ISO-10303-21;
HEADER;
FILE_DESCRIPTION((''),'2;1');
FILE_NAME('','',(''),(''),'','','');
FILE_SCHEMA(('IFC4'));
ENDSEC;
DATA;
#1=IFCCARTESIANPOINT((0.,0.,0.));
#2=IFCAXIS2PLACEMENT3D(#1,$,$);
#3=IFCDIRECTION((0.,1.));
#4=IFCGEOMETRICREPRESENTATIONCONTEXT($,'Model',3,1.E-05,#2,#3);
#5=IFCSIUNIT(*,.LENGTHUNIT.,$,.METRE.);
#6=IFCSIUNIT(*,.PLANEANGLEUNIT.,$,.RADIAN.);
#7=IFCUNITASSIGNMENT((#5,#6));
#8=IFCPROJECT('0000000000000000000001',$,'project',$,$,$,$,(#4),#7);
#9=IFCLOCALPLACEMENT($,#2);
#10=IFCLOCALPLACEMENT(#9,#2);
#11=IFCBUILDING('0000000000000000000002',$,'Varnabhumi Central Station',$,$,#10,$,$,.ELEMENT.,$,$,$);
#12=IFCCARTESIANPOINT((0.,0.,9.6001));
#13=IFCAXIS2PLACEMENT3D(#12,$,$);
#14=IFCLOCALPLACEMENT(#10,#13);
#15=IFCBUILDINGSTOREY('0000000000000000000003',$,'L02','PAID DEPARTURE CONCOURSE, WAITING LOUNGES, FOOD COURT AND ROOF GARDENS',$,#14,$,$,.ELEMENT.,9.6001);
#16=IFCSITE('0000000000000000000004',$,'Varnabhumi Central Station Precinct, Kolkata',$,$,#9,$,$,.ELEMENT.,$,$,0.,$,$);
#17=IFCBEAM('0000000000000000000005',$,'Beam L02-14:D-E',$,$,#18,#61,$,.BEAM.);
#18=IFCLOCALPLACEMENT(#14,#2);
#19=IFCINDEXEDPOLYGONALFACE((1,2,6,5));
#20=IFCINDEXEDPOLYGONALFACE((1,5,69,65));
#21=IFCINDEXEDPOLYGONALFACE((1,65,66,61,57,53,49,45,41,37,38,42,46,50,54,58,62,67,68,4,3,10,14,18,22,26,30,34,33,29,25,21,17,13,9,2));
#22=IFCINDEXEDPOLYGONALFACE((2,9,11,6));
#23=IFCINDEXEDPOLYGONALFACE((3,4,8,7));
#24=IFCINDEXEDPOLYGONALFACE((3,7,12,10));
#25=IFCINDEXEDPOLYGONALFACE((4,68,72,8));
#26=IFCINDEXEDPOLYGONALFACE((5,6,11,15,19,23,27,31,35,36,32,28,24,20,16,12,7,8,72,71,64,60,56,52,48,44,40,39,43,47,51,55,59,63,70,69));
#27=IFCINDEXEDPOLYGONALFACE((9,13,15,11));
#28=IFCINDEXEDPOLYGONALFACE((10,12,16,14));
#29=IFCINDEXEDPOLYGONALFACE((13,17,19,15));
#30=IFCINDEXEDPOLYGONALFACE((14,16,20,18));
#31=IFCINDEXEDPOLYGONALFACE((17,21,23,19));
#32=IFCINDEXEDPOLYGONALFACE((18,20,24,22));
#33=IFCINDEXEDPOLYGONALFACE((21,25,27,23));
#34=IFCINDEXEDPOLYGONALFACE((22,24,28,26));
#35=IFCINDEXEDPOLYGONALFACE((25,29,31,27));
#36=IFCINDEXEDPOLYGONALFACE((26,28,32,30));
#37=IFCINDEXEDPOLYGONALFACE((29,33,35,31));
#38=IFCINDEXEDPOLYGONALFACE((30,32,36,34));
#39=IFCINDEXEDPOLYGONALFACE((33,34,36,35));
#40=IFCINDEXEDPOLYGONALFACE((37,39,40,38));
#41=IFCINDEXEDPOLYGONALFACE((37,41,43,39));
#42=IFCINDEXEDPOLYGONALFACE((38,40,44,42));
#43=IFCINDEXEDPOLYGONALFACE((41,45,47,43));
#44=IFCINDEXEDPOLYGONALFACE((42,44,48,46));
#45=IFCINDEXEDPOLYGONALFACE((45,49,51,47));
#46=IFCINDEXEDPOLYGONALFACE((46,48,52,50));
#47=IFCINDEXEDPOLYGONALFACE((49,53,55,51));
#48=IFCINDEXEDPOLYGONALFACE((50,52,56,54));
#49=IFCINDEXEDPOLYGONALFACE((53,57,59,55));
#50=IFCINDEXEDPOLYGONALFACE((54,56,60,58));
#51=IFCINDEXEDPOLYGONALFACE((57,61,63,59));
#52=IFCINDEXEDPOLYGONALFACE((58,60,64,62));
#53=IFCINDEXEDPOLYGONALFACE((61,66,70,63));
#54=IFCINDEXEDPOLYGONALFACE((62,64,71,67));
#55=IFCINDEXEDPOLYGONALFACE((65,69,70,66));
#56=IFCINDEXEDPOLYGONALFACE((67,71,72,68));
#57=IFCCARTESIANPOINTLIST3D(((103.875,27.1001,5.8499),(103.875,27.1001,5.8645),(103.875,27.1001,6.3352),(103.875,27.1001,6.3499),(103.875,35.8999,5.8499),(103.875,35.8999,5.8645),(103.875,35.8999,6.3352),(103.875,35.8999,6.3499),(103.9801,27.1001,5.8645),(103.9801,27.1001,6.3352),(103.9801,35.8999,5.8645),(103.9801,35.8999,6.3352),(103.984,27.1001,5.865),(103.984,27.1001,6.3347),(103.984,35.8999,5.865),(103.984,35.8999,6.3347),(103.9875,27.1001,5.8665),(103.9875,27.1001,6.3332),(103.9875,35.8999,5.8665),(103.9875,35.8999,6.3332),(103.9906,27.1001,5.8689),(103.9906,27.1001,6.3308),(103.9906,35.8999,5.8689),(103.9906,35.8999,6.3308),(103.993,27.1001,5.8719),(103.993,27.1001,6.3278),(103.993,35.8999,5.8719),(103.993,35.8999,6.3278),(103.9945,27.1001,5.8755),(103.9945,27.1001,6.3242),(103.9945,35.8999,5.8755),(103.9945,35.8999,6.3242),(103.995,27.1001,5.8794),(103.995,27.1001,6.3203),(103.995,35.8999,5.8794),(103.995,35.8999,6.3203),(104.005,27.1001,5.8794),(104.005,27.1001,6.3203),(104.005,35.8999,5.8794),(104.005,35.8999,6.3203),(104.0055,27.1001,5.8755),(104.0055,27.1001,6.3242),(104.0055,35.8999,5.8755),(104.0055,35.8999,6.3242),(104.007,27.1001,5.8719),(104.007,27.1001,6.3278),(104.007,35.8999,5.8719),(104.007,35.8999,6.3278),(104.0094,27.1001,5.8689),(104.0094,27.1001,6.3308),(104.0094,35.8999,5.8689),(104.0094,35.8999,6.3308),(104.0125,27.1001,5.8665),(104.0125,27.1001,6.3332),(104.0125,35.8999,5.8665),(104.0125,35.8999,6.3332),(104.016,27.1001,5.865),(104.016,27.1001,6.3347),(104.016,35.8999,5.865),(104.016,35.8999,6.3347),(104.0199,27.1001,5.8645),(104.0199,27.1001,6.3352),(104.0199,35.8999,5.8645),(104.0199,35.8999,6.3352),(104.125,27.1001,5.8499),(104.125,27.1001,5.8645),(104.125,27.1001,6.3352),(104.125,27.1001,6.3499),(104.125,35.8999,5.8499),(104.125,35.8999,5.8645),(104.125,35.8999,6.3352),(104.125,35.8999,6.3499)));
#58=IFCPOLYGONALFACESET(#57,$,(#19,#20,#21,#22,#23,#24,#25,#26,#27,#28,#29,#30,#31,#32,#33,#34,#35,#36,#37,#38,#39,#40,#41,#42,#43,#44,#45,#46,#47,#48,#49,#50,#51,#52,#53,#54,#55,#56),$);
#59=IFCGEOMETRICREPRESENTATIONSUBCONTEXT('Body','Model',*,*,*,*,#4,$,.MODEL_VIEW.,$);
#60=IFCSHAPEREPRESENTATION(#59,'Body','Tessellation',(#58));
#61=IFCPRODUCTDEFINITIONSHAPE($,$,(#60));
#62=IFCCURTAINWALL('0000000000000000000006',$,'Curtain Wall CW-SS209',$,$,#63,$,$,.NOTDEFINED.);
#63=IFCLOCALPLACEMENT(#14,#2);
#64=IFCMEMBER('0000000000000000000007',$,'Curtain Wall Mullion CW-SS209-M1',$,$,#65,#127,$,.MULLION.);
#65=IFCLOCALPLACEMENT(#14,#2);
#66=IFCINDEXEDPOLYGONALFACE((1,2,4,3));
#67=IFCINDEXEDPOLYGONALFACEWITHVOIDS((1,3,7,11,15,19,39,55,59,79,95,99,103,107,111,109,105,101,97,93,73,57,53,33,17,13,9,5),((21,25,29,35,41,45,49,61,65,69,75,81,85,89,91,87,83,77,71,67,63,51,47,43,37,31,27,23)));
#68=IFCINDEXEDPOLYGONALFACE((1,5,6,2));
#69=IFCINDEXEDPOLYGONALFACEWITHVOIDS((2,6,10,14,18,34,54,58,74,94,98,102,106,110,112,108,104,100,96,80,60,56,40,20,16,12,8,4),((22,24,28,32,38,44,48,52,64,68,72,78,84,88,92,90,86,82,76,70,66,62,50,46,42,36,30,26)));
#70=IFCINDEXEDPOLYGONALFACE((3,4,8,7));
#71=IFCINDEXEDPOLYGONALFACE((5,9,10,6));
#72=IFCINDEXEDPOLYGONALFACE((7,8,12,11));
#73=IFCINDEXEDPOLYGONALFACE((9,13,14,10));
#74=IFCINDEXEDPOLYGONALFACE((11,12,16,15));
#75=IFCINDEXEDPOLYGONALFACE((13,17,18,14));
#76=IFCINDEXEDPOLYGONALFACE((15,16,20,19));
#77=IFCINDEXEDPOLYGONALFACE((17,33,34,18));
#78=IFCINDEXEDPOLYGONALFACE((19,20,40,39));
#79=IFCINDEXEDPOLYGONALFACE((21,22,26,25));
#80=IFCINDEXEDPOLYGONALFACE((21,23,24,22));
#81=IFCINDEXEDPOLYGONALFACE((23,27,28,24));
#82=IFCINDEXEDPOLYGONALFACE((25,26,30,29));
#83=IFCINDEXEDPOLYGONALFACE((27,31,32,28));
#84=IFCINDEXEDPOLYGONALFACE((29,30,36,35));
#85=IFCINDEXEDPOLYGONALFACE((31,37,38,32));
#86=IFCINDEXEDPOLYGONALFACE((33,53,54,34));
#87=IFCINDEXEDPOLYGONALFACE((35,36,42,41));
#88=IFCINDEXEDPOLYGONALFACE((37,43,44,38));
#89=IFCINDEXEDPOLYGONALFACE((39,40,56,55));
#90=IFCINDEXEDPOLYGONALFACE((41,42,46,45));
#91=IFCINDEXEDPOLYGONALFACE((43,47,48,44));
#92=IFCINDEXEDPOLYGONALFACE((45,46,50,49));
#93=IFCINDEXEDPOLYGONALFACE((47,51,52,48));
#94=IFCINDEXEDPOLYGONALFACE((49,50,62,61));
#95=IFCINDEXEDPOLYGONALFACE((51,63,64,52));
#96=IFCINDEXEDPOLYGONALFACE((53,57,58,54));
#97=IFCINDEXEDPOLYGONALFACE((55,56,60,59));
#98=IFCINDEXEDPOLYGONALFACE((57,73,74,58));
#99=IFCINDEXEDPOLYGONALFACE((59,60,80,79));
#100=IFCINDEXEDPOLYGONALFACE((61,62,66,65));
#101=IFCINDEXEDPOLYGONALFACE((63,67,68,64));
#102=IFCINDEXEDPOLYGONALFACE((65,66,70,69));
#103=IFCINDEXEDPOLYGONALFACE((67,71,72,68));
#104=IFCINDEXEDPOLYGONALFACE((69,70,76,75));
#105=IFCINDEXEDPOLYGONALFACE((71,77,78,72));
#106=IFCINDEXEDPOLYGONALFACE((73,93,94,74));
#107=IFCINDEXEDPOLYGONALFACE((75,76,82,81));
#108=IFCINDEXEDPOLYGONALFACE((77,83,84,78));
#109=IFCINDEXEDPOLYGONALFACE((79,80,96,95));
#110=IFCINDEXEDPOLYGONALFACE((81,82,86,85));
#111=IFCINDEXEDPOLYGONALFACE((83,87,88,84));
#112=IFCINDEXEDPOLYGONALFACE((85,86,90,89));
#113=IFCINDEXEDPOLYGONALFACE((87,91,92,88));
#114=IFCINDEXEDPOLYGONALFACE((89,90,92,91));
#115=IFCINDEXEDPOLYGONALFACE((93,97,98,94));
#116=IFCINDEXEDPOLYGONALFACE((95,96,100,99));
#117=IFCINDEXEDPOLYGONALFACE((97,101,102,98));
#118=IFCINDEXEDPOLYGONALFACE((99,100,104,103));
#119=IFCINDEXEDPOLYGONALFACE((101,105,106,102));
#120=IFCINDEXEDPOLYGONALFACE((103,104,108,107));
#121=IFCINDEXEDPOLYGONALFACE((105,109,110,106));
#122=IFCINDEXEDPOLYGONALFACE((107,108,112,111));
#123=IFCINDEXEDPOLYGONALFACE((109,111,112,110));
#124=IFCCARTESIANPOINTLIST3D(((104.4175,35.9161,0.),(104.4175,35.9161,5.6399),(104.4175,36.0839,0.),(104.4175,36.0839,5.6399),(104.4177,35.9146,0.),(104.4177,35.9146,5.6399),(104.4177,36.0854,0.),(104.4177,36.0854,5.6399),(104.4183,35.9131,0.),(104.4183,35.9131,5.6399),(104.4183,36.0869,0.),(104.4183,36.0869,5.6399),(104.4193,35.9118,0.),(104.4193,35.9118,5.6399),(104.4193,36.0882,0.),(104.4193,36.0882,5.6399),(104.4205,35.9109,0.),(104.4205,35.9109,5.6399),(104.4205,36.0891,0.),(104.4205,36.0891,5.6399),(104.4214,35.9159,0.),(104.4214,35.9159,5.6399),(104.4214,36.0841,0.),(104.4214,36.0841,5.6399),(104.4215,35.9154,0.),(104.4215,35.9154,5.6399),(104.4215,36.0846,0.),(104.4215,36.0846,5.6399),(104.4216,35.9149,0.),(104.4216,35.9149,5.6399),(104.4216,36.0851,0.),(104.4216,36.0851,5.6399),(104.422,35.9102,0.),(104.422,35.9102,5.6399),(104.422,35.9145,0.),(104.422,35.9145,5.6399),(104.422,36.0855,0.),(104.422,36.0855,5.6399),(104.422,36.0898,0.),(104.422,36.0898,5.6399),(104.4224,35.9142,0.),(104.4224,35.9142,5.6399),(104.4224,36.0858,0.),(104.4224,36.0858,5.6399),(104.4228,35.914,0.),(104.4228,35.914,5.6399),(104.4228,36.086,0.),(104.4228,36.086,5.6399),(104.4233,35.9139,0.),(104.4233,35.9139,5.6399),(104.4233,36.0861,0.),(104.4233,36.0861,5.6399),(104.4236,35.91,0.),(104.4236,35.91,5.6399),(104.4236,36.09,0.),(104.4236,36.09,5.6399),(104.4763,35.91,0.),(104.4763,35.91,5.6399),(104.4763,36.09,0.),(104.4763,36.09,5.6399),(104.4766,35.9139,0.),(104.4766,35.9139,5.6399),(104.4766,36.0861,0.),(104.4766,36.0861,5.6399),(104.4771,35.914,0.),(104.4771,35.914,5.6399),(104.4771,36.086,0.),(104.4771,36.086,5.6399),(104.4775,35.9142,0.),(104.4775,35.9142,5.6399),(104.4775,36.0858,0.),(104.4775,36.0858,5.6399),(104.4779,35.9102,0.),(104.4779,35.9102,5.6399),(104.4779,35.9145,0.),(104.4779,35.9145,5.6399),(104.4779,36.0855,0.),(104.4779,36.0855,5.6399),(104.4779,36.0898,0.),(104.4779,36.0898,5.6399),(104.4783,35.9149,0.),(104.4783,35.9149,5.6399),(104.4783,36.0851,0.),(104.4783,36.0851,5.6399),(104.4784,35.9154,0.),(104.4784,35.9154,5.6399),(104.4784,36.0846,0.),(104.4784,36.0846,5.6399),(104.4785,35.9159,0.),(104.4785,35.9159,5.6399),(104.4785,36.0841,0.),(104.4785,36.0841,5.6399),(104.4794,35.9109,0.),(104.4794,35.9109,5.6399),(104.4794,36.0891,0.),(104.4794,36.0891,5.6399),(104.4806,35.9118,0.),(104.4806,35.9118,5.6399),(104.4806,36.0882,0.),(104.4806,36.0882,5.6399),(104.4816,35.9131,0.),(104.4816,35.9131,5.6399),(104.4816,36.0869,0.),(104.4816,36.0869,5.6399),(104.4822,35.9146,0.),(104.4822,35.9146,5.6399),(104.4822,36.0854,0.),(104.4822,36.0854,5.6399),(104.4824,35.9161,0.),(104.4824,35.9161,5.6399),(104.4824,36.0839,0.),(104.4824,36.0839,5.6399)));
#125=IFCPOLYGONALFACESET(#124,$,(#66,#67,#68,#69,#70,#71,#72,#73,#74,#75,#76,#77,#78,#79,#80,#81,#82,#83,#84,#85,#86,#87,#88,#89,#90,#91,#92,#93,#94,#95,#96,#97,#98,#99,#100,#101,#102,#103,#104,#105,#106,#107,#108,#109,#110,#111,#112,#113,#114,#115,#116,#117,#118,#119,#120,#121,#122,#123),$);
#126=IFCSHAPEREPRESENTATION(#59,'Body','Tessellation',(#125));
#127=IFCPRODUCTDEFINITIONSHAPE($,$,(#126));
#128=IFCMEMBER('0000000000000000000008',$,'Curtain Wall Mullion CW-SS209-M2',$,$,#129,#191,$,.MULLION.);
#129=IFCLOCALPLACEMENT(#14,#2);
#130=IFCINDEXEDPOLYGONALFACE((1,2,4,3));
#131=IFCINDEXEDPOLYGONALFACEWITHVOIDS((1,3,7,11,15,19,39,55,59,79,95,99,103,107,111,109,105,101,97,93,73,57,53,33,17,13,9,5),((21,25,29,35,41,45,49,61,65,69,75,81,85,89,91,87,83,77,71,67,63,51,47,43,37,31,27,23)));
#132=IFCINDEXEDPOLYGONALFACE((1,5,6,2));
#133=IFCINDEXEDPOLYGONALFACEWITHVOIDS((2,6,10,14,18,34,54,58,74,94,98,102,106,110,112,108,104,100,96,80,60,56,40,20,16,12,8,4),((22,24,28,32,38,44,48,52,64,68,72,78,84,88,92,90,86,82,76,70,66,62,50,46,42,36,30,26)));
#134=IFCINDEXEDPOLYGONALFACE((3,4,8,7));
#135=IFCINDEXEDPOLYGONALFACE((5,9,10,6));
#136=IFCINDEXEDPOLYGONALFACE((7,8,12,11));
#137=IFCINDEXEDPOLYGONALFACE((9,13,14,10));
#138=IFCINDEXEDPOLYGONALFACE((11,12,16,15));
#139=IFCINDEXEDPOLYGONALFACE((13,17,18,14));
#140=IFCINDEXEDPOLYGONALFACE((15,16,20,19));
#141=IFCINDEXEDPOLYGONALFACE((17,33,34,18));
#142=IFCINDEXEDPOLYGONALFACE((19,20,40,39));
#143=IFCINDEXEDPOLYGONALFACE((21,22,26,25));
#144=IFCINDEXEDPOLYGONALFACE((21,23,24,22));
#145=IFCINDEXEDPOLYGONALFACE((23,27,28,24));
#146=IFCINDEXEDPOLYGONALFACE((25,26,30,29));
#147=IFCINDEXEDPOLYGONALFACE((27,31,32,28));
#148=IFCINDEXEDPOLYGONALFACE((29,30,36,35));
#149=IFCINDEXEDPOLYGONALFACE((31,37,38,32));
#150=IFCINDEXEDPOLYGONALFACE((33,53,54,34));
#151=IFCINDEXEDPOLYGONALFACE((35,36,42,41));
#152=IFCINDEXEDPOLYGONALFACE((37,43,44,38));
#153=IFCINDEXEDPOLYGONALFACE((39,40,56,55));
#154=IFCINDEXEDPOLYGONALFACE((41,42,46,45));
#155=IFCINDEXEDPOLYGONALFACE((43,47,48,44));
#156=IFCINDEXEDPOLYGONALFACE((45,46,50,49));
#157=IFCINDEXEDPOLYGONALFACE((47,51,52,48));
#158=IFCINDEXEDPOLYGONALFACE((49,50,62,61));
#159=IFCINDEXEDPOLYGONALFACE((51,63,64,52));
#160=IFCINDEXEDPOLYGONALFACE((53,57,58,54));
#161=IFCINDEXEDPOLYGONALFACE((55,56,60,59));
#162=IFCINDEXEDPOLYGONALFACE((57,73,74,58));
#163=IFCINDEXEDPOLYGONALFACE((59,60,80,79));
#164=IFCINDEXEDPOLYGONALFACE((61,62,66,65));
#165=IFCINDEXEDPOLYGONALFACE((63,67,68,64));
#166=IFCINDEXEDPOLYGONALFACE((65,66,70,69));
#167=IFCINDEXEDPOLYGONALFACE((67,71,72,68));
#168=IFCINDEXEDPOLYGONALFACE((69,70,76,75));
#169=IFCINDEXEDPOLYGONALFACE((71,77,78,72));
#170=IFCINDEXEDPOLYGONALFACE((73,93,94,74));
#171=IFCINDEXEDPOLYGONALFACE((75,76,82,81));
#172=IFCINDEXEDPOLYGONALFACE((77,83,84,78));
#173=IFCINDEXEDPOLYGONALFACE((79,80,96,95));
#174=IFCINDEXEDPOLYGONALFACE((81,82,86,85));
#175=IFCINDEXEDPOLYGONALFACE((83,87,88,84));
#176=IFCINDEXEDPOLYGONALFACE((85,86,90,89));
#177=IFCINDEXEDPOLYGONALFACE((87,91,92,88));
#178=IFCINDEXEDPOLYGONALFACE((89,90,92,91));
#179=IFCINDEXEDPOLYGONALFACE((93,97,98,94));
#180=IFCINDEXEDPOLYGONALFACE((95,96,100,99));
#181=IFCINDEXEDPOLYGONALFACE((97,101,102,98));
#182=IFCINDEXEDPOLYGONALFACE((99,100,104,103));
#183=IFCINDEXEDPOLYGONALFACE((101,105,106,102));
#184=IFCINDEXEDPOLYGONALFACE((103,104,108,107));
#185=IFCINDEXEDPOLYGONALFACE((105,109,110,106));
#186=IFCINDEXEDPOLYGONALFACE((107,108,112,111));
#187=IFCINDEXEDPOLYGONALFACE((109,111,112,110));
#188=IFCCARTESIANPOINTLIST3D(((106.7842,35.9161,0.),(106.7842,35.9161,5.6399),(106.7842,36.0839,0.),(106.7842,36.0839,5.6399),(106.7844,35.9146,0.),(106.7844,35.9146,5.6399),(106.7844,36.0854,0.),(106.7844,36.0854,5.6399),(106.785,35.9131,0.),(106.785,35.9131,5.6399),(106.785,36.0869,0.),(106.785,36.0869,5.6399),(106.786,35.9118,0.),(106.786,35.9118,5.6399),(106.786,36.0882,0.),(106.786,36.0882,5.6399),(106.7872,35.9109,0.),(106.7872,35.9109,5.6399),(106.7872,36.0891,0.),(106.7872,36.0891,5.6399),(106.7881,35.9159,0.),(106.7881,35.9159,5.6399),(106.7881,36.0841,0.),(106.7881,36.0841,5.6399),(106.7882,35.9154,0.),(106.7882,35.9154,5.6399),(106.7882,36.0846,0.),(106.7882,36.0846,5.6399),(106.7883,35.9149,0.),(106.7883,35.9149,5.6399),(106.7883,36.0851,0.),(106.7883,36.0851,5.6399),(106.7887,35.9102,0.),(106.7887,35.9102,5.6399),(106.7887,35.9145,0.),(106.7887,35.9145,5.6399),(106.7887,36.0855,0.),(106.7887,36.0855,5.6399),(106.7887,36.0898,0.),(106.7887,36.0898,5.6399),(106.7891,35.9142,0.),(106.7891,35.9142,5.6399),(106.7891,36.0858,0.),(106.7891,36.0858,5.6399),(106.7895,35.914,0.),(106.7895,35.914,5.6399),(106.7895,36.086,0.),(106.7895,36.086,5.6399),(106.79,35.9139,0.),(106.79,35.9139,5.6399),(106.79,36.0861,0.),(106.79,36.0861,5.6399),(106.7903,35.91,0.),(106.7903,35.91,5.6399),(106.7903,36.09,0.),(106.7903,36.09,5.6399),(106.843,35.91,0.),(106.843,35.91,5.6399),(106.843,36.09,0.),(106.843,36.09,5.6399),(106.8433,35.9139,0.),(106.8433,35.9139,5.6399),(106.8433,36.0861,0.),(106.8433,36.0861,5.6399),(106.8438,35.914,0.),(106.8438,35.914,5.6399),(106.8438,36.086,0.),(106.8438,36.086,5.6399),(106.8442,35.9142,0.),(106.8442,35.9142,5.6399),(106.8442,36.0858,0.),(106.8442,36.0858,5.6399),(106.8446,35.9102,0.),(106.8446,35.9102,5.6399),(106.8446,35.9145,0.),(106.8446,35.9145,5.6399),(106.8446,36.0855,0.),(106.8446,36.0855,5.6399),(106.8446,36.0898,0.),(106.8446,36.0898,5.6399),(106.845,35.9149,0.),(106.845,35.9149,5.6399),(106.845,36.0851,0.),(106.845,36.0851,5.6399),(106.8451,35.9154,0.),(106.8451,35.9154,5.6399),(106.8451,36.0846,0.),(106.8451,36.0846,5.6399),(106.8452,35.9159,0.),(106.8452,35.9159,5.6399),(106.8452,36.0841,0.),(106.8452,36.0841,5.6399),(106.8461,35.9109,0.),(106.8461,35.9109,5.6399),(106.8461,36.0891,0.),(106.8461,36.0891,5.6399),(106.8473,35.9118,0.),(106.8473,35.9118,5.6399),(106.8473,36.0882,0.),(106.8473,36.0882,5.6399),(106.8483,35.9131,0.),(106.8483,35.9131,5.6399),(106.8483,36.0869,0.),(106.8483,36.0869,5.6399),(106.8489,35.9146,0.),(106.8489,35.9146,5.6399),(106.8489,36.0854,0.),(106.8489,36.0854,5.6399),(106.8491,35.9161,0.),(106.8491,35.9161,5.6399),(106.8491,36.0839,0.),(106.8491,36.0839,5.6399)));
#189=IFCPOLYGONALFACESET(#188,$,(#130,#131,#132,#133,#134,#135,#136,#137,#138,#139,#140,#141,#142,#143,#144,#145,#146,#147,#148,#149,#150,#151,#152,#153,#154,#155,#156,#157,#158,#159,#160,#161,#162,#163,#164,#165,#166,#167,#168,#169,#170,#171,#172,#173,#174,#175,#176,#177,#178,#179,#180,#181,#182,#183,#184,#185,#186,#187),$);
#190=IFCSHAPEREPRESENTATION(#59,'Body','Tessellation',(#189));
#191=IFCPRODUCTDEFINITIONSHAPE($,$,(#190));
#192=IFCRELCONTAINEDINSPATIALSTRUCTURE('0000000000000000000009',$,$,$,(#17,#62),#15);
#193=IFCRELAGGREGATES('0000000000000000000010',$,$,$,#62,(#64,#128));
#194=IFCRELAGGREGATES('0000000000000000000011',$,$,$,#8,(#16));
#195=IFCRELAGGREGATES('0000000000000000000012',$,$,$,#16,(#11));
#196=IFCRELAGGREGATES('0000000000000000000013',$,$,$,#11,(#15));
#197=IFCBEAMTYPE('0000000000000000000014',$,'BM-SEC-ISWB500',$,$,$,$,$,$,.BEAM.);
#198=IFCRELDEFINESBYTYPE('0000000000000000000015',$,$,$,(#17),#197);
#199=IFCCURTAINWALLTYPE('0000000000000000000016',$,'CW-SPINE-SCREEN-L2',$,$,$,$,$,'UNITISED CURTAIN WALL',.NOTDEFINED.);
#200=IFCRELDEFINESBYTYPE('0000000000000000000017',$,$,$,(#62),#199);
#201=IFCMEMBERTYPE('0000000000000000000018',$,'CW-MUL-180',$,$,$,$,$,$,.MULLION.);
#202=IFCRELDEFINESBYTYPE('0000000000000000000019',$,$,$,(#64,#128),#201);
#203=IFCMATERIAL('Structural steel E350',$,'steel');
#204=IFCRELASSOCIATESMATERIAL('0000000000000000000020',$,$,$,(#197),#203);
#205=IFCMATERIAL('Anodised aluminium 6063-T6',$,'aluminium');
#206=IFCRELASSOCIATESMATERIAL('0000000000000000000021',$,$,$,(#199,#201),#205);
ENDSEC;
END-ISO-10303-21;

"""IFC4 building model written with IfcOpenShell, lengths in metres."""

from ifc_helpers import new_model, si_unit, direction, frame, origin, origin_2d, place, context, subcontext, project, spatial, hollow_rectangle, i_section, extrude, material, material_profile, profile_set, type_object, element, aggregate, save


model = new_model("IFC4")

# Units and contexts
model_context = context("Model", 3, precision=1e-05, world=origin(), true_north=direction((0.0, 1.0)))
body_context = subcontext(model_context, "Body", "Model", "MODEL_VIEW")
ifc_project = project(units=[si_unit("LENGTHUNIT", "METRE"), si_unit("PLANEANGLEUNIT", "RADIAN")], contexts=[model_context])

# Site, building, storey
site_placement = place(None, origin())
site = spatial("IfcSite", under=ifc_project, at=site_placement, Name="Varnabhumi Central Station Precinct, Kolkata", CompositionType="ELEMENT", RefElevation=0.0)
building_placement = place(site_placement, origin())
building = spatial("IfcBuilding", under=site, at=building_placement, Name="Varnabhumi Central Station", CompositionType="ELEMENT")
storey_placement = place(building_placement, frame((0.0, 0.0, 9.6001)))
storey = spatial("IfcBuildingStorey", under=building, at=storey_placement, Name="L02", Description="PAID DEPARTURE CONCOURSE, WAITING LOUNGES, FOOD COURT AND ROOF GARDENS", CompositionType="ELEMENT", Elevation=9.6001)

# Beam
ifc_material_1 = material(Name="Structural steel E350", Category="steel")
ifc_material_profile_1 = material_profile(ifc_material_1, i_section(OverallWidth=0.25, OverallDepth=0.5, WebThickness=0.01, FlangeThickness=0.0146, FilletRadius=0.0149, at=origin_2d()), Name="Structural steel E350", Category="steel")
ifc_profile_set_1 = profile_set([ifc_material_profile_1], Name="Structural steel E350")
beam_type_1 = type_object("IfcBeamType", Name="BM-SEC-ISWB500", PredefinedType="BEAM", material=ifc_profile_set_1)
beam_1_placement = place(storey_placement, frame((104.0, 27.1001, 6.0999), z_axis=(0.0, 1.0, 0.0), x_axis=(-1.0, 0.0, 0.0)))
element("IfcBeam", 1, at=beam_1_placement, inside=storey, type_object=beam_type_1, Name="Beam L02-14:D-E", PredefinedType="BEAM", context=body_context, shape_type="SweptSolid", body=[
    extrude(i_section(OverallWidth=0.25, OverallDepth=0.5, WebThickness=0.01, FlangeThickness=0.0146, FilletRadius=0.0149, at=origin_2d()), origin(), (0.0, 0.0, 1.0), 8.7998),
])

# Curtain wall, members
ifc_material_2 = material(Name="Anodised aluminium 6063-T6", Category="aluminium")
curtain_wall_type = type_object("IfcCurtainWallType", Name="CW-SPINE-SCREEN-L2", ElementType="UNITISED CURTAIN WALL", PredefinedType="NOTDEFINED", material=ifc_material_2)
curtain_wall_placement = place(storey_placement, origin())
curtain_wall = element("IfcCurtainWall", 2, at=curtain_wall_placement, inside=storey, type_object=curtain_wall_type, Name="Curtain Wall CW-SS209", PredefinedType="NOTDEFINED")
ifc_material_profile_2 = material_profile(ifc_material_2, hollow_rectangle(XDim=0.0649, YDim=0.1799, WallThickness=0.0039, InnerFilletRadius=0.002, OuterFilletRadius=0.0061, at=origin_2d()), Name="Anodised aluminium 6063-T6", Category="aluminium")
ifc_profile_set_2 = profile_set([ifc_material_profile_2], Name="Anodised aluminium 6063-T6")
member_type_1 = type_object("IfcMemberType", Name="CW-MUL-180", PredefinedType="MULLION", material=ifc_profile_set_2)
member_1_placement = place(storey_placement, frame((104.45, 36.0, 0.0), z_axis=(0.0, 0.0, 1.0), x_axis=(1.0, 0.0, 0.0)))
member_1 = element("IfcMember", 3, at=member_1_placement, type_object=member_type_1, Name="Curtain Wall Mullion CW-SS209-M1", PredefinedType="MULLION", context=body_context, shape_type="SweptSolid", body=[
    extrude(hollow_rectangle(XDim=0.0649, YDim=0.1799, WallThickness=0.0039, InnerFilletRadius=0.002, OuterFilletRadius=0.0061, at=origin_2d()), origin(), (0.0, 0.0, 1.0), 5.6399),
])
member_2_placement = place(storey_placement, frame((106.8167, 36.0, 0.0), z_axis=(0.0, 0.0, 1.0), x_axis=(1.0, 0.0, 0.0)))
member_2 = element("IfcMember", 4, at=member_2_placement, type_object=member_type_1, Name="Curtain Wall Mullion CW-SS209-M2", PredefinedType="MULLION", context=body_context, shape_type="SweptSolid", body=[
    extrude(hollow_rectangle(XDim=0.0649, YDim=0.1799, WallThickness=0.0039, InnerFilletRadius=0.002, OuterFilletRadius=0.0061, at=origin_2d()), origin(), (0.0, 0.0, 1.0), 5.6399),
])

aggregate(curtain_wall, [member_1, member_2])

save(model, "model.ifc")
